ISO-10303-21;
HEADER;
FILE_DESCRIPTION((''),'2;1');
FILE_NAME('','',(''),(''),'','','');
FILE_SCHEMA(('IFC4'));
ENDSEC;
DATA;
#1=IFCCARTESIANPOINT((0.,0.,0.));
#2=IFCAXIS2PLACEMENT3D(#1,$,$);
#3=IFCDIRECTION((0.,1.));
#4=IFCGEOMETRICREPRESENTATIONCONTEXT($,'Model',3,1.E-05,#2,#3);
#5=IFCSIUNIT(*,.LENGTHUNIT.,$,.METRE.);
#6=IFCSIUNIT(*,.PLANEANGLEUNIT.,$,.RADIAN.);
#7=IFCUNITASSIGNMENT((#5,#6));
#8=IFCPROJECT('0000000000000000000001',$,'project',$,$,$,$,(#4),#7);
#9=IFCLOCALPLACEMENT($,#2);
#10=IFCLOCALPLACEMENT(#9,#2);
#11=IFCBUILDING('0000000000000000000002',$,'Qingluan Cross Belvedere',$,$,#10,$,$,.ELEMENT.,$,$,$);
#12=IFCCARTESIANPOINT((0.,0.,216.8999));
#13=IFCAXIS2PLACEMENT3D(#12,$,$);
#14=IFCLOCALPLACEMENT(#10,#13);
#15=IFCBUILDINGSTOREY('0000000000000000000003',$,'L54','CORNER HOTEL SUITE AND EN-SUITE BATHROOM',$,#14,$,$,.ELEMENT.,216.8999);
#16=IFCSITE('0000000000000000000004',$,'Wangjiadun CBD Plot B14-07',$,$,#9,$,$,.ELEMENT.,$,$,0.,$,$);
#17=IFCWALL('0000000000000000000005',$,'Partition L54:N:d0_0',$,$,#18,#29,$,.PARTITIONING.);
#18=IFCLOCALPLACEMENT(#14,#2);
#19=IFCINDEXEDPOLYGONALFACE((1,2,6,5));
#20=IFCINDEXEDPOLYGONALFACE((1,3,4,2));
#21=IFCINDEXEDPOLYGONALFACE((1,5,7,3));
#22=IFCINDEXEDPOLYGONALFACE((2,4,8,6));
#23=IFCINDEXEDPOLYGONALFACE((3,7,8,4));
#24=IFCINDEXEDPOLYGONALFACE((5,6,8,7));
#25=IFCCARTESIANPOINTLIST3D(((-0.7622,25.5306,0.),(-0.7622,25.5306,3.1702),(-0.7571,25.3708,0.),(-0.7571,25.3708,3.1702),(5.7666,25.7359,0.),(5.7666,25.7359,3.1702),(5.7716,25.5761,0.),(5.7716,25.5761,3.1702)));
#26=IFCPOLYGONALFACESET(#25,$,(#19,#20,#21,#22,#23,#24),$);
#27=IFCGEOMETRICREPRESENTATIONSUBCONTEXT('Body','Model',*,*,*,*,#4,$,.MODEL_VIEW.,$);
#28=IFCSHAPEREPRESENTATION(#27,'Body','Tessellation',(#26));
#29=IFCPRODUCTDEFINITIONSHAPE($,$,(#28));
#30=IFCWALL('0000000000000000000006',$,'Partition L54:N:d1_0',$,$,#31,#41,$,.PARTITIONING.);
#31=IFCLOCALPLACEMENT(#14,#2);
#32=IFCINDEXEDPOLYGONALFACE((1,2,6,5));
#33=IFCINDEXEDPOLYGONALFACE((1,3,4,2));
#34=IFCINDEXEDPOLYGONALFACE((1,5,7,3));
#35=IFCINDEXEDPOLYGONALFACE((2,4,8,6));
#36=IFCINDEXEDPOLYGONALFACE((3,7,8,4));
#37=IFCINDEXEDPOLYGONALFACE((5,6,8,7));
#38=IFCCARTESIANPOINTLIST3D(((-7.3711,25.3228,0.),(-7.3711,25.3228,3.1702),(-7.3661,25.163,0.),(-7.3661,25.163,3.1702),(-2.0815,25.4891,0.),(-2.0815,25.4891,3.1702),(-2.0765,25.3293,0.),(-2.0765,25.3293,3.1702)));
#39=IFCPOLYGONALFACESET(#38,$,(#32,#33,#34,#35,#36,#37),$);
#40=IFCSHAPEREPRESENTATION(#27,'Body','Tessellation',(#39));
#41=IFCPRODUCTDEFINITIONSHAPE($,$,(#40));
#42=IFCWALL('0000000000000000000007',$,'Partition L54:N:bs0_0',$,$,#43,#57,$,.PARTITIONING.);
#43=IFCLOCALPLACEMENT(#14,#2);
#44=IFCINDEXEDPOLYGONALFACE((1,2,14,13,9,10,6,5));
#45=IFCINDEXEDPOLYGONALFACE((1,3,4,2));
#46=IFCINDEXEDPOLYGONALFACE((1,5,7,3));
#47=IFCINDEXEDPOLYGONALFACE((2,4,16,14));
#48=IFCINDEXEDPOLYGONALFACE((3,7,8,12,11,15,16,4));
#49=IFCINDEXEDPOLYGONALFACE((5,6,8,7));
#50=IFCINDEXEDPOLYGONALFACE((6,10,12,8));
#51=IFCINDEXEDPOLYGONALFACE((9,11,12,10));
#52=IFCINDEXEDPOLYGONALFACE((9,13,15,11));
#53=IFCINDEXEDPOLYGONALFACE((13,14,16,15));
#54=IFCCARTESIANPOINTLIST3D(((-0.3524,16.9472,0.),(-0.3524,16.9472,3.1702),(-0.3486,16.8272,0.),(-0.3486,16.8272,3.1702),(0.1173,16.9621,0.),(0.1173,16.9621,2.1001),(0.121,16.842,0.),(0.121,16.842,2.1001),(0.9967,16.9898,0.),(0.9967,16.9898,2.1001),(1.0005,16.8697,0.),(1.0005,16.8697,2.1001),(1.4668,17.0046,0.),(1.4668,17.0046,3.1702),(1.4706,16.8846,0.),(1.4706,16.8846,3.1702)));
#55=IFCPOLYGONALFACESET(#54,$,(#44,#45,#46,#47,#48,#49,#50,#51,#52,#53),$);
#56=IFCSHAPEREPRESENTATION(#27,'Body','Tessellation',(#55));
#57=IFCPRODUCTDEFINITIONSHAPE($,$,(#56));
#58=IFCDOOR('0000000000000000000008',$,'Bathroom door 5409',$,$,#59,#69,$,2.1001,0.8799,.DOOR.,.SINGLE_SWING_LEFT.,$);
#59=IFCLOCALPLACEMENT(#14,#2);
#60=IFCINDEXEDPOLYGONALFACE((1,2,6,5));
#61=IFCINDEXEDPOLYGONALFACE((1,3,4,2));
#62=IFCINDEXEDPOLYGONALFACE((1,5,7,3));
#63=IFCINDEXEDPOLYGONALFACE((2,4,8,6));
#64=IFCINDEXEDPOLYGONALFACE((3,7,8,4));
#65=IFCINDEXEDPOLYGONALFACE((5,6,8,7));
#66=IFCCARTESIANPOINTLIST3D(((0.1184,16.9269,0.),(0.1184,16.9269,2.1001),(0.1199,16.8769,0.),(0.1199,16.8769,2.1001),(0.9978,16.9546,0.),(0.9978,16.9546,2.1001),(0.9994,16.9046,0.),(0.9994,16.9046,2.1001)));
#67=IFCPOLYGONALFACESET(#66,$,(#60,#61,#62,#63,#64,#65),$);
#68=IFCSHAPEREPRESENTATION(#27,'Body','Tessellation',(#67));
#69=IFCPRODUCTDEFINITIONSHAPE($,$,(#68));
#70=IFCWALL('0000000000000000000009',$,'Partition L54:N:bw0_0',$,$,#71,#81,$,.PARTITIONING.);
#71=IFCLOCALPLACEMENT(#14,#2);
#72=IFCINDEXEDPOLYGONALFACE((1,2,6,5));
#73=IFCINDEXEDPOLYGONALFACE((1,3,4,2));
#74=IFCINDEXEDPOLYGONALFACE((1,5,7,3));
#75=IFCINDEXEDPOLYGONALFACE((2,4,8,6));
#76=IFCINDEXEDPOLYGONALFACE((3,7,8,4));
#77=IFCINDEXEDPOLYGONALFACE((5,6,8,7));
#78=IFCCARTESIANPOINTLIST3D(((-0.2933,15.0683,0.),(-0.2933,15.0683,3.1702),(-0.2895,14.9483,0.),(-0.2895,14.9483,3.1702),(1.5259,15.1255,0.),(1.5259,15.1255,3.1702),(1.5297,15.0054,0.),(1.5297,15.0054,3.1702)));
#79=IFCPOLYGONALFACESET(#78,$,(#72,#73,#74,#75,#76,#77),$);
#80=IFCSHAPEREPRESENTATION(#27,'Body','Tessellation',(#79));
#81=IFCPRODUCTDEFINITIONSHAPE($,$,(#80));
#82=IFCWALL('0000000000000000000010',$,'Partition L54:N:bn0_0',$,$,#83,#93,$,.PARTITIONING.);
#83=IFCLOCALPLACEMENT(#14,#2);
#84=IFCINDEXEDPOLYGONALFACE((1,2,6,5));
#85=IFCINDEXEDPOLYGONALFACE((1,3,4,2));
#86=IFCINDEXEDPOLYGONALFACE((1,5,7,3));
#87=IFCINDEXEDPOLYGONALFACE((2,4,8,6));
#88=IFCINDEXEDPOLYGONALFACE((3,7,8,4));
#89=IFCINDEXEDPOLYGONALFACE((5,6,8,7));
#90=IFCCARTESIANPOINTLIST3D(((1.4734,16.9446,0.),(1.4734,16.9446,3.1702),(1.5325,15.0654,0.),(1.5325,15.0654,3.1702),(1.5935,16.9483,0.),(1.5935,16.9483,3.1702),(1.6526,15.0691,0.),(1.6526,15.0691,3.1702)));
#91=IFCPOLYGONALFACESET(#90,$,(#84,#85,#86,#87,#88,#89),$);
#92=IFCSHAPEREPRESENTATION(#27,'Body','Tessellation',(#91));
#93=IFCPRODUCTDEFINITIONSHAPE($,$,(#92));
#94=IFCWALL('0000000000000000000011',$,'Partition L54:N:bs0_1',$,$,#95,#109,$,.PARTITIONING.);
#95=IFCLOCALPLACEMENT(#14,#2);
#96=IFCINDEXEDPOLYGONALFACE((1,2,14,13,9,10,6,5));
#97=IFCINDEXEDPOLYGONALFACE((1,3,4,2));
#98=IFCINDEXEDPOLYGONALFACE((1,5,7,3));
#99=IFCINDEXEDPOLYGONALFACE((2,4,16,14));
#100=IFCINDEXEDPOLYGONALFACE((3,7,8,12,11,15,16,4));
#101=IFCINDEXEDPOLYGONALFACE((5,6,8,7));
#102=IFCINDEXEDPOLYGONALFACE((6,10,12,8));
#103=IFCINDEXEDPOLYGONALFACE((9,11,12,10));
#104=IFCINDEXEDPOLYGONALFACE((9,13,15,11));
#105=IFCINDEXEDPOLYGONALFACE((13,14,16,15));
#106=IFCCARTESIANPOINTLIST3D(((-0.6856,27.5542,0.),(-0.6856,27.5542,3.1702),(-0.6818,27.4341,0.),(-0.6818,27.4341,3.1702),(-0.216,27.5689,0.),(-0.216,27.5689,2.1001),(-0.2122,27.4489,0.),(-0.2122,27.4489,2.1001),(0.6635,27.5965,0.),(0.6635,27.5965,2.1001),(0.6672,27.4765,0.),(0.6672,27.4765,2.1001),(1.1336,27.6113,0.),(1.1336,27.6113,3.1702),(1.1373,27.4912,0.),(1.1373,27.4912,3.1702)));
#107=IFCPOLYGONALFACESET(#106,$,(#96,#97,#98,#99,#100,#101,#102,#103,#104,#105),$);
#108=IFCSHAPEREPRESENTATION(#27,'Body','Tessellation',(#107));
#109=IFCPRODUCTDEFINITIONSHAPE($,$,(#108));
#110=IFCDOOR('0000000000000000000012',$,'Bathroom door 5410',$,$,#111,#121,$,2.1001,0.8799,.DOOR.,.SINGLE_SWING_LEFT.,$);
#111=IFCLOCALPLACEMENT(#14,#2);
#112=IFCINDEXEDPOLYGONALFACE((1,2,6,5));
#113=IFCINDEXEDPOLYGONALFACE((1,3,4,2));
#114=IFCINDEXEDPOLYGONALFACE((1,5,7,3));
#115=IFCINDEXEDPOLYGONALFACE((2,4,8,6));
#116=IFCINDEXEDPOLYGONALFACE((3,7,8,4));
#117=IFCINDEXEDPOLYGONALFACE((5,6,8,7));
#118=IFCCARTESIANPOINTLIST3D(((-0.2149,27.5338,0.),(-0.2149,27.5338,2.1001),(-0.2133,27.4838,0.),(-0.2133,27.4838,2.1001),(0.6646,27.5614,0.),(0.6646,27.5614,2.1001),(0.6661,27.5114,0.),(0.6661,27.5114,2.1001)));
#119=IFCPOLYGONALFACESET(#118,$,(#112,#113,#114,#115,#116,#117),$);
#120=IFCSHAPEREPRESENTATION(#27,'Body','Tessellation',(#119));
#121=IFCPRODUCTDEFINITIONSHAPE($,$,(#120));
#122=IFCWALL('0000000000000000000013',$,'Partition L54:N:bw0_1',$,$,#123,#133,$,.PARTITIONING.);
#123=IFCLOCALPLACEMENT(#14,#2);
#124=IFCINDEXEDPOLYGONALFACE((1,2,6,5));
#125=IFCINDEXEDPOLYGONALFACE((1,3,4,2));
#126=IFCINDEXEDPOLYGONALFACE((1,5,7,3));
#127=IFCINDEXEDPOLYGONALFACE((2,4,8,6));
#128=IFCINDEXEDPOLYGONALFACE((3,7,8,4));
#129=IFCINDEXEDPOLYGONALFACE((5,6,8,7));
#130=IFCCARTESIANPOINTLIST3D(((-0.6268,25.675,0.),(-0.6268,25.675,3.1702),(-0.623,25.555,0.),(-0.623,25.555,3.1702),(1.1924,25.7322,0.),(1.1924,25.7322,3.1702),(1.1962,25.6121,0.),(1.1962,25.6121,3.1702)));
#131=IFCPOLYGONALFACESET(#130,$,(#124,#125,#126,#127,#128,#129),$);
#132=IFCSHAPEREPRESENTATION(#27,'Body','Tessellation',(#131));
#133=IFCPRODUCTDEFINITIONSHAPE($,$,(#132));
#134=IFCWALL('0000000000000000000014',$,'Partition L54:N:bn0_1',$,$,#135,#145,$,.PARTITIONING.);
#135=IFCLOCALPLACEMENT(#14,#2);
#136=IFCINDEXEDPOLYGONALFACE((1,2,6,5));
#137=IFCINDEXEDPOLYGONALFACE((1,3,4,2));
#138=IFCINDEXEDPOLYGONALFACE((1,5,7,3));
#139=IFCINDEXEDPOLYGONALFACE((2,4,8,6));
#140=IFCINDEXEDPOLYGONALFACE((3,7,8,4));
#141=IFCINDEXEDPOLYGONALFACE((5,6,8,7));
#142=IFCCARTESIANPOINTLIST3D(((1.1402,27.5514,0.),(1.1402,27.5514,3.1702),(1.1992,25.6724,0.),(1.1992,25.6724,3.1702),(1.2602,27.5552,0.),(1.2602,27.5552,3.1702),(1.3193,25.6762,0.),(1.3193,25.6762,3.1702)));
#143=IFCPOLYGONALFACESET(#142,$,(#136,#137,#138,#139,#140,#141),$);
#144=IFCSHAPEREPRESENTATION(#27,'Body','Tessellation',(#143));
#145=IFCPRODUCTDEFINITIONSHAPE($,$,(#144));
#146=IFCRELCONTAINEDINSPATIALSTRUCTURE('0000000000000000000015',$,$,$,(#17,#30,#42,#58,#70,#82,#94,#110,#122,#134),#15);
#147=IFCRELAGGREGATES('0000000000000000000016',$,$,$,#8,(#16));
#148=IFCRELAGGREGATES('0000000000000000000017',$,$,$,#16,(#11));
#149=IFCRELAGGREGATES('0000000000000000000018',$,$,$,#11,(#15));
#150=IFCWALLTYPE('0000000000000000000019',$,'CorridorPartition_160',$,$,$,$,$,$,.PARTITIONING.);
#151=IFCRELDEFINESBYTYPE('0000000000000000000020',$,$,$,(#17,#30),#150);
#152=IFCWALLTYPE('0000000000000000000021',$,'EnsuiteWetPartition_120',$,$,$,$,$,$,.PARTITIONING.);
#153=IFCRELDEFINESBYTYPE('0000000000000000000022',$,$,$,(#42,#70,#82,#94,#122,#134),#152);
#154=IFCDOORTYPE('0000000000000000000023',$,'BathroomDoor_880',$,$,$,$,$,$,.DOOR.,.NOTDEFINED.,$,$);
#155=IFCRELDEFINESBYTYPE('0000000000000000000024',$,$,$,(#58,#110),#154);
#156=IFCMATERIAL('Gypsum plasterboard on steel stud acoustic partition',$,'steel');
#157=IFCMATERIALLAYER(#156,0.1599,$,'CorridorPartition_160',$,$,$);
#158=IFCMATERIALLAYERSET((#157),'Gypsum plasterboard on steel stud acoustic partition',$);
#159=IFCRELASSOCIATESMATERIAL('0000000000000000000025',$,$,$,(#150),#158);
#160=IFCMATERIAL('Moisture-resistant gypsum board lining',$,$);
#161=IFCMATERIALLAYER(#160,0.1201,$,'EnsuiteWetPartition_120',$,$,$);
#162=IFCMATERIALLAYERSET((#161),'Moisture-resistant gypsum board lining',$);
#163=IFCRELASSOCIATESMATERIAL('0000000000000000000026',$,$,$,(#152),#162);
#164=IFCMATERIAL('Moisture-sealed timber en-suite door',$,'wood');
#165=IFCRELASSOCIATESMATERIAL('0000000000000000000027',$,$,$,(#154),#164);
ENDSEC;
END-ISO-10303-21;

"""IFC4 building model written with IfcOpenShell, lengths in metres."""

from ifc_helpers import new_model, si_unit, direction, frame, frame_2d, origin, place, context, subcontext, project, spatial, rectangle, extrude, material, layer, layer_set, type_object, element, fill, save


model = new_model("IFC4")

# Units and contexts
model_context = context("Model", 3, precision=1e-05, world=origin(), true_north=direction((0.0, 1.0)))
body_context = subcontext(model_context, "Body", "Model", "MODEL_VIEW")
ifc_project = project(units=[si_unit("LENGTHUNIT", "METRE"), si_unit("PLANEANGLEUNIT", "RADIAN")], contexts=[model_context])

# Site, building, storey
site_placement = place(None, origin())
site = spatial("IfcSite", under=ifc_project, at=site_placement, Name="Wangjiadun CBD Plot B14-07", CompositionType="ELEMENT", RefElevation=0.0)
building_placement = place(site_placement, origin())
building = spatial("IfcBuilding", under=site, at=building_placement, Name="Qingluan Cross Belvedere", CompositionType="ELEMENT")
storey_placement = place(building_placement, frame((0.0, 0.0, 216.8999)))
storey = spatial("IfcBuildingStorey", under=building, at=storey_placement, Name="L54", Description="CORNER HOTEL SUITE AND EN-SUITE BATHROOM", CompositionType="ELEMENT", Elevation=216.8999)

# Walls
ifc_material_1 = material(Name="Gypsum plasterboard on steel stud acoustic partition", Category="steel")
ifc_layer_1 = layer(ifc_material_1, 0.1599, Name="CorridorPartition_160")
ifc_layer_set_1 = layer_set([ifc_layer_1], Name="Gypsum plasterboard on steel stud acoustic partition")
wall_type_1 = type_object("IfcWallType", Name="CorridorPartition_160", PredefinedType="PARTITIONING", material=ifc_layer_set_1)
wall_1_placement = place(storey_placement, frame((-0.7598, 25.4507, 0.0), z_axis=(0.0, 0.0, 1.0), x_axis=(0.999506, 0.031433, 0.0)))
element("IfcWall", 1, at=wall_1_placement, inside=storey, type_object=wall_type_1, Name="Partition L54:N:d0_0", PredefinedType="PARTITIONING", context=body_context, shape_type="SweptSolid", body=[
    extrude(rectangle(XDim=6.532, YDim=0.1599, at=frame_2d((3.2661, 0.0))), origin(), (0.0, 0.0, 1.0), 3.1702),
])
wall_2_placement = place(storey_placement, frame((-2.0791, 25.4092, 0.0), z_axis=(0.0, 0.0, 1.0), x_axis=(-0.999506, -0.031416, 0.0)))
element("IfcWall", 2, at=wall_2_placement, inside=storey, type_object=wall_type_1, Name="Partition L54:N:d1_0", PredefinedType="PARTITIONING", context=body_context, shape_type="SweptSolid", body=[
    extrude(rectangle(XDim=5.2922, YDim=0.1599, at=frame_2d((2.646, 0.0))), origin(), (0.0, 0.0, 1.0), 3.1702),
])

# Wall, opening, door
ifc_material_2 = material(Name="Moisture-resistant gypsum board lining")
ifc_layer_2 = layer(ifc_material_2, 0.1201, Name="EnsuiteWetPartition_120")
ifc_layer_set_2 = layer_set([ifc_layer_2], Name="Moisture-resistant gypsum board lining")
wall_type_2 = type_object("IfcWallType", Name="EnsuiteWetPartition_120", PredefinedType="PARTITIONING", material=ifc_layer_set_2)
wall_3_placement = place(storey_placement, frame((-0.3506, 16.8872, 0.0), z_axis=(0.0, 0.0, 1.0), x_axis=(0.999503, 0.031524, 0.0)))
wall_3 = element("IfcWall", 3, at=wall_3_placement, inside=storey, type_object=wall_type_2, Name="Partition L54:N:bs0_0", PredefinedType="PARTITIONING", context=body_context, shape_type="SweptSolid", body=[
    extrude(rectangle(XDim=1.8201, YDim=0.1201, at=frame_2d((0.9102, 0.0))), origin(), (0.0, 0.0, 1.0), 3.1702),
])
opening_1_placement = place(wall_3_placement, frame((0.47, 0.0, 0.0)))
opening_1 = element("IfcOpeningElement", 4, at=opening_1_placement, cuts=wall_3, PredefinedType="OPENING", context=body_context, shape_type="SweptSolid", body=[
    extrude(rectangle(XDim=0.8799, YDim=2.1001, at=frame_2d((0.4399, 1.05))), frame((0.0, 0.0701, 0.0), z_axis=(0.0, -1.0, 0.0), x_axis=(1.0, 0.0, 0.0)), (0.0, 0.0, 1.0), 0.1401),
])
ifc_material_3 = material(Name="Moisture-sealed timber en-suite door", Category="wood")
door_type = type_object("IfcDoorType", Name="BathroomDoor_880", OperationType="NOTDEFINED", PredefinedType="DOOR", material=ifc_material_3)
door_1_placement = place(opening_1_placement, origin())
door_1 = element("IfcDoor", 5, at=door_1_placement, inside=storey, type_object=door_type, Name="Bathroom door 5409", OperationType="SINGLE_SWING_LEFT", OverallHeight=2.1001, OverallWidth=0.8799, PredefinedType="DOOR", context=body_context, shape_type="SweptSolid", body=[
    extrude(rectangle(XDim=0.8799, YDim=2.1001, at=frame_2d((0.4399, 1.05))), frame((0.0, 0.0249, 0.0), z_axis=(0.0, -1.0, 0.0), x_axis=(1.0, 0.0, 0.0)), (0.0, 0.0, 1.0), 0.05),
])
fill(opening_1, door_1)

# Walls
wall_4_placement = place(storey_placement, frame((-0.2915, 15.0083, 0.0), z_axis=(0.0, 0.0, 1.0), x_axis=(0.999507, 0.03139, 0.0)))
element("IfcWall", 6, at=wall_4_placement, inside=storey, type_object=wall_type_2, Name="Partition L54:N:bw0_0", PredefinedType="PARTITIONING", context=body_context, shape_type="SweptSolid", body=[
    extrude(rectangle(XDim=1.8201, YDim=0.1201, at=frame_2d((0.9102, 0.0))), origin(), (0.0, 0.0, 1.0), 3.1702),
])
wall_5_placement = place(storey_placement, frame((1.5925, 15.0674, 0.0), z_axis=(0.0, 0.0, 1.0), x_axis=(-0.031425, 0.999506, 0.0)))
element("IfcWall", 7, at=wall_5_placement, inside=storey, type_object=wall_type_2, Name="Partition L54:N:bn0_0", PredefinedType="PARTITIONING", context=body_context, shape_type="SweptSolid", body=[
    extrude(rectangle(XDim=1.8801, YDim=0.1201, at=frame_2d((0.9399, 0.0))), origin(), (0.0, 0.0, 1.0), 3.1702),
])

# Wall, opening, door
wall_6_placement = place(storey_placement, frame((-0.6838, 27.4941, 0.0), z_axis=(0.0, 0.0, 1.0), x_axis=(0.999507, 0.03139, 0.0)))
wall_6 = element("IfcWall", 8, at=wall_6_placement, inside=storey, type_object=wall_type_2, Name="Partition L54:N:bs0_1", PredefinedType="PARTITIONING", context=body_context, shape_type="SweptSolid", body=[
    extrude(rectangle(XDim=1.8201, YDim=0.1201, at=frame_2d((0.9102, 0.0))), origin(), (0.0, 0.0, 1.0), 3.1702),
])
opening_2_placement = place(wall_6_placement, frame((0.47, 0.0, 0.0)))
opening_2 = element("IfcOpeningElement", 9, at=opening_2_placement, cuts=wall_6, PredefinedType="OPENING", context=body_context, shape_type="SweptSolid", body=[
    extrude(rectangle(XDim=0.8799, YDim=2.1001, at=frame_2d((0.4399, 1.05))), frame((0.0, 0.0701, 0.0), z_axis=(0.0, -1.0, 0.0), x_axis=(1.0, 0.0, 0.0)), (0.0, 0.0, 1.0), 0.1401),
])
door_2_placement = place(opening_2_placement, origin())
door_2 = element("IfcDoor", 10, at=door_2_placement, inside=storey, type_object=door_type, Name="Bathroom door 5410", OperationType="SINGLE_SWING_LEFT", OverallHeight=2.1001, OverallWidth=0.8799, PredefinedType="DOOR", context=body_context, shape_type="SweptSolid", body=[
    extrude(rectangle(XDim=0.8799, YDim=2.1001, at=frame_2d((0.4399, 1.05))), frame((0.0, 0.0249, 0.0), z_axis=(0.0, -1.0, 0.0), x_axis=(1.0, 0.0, 0.0)), (0.0, 0.0, 1.0), 0.05),
])
fill(opening_2, door_2)

# Walls
wall_7_placement = place(storey_placement, frame((-0.625, 25.615, 0.0), z_axis=(0.0, 0.0, 1.0), x_axis=(0.999507, 0.03139, 0.0)))
element("IfcWall", 11, at=wall_7_placement, inside=storey, type_object=wall_type_2, Name="Partition L54:N:bw0_1", PredefinedType="PARTITIONING", context=body_context, shape_type="SweptSolid", body=[
    extrude(rectangle(XDim=1.8201, YDim=0.1201, at=frame_2d((0.9102, 0.0))), origin(), (0.0, 0.0, 1.0), 3.1702),
])
wall_8_placement = place(storey_placement, frame((1.2593, 25.6743, 0.0), z_axis=(0.0, 0.0, 1.0), x_axis=(-0.031429, 0.999506, 0.0)))
element("IfcWall", 12, at=wall_8_placement, inside=storey, type_object=wall_type_2, Name="Partition L54:N:bn0_1", PredefinedType="PARTITIONING", context=body_context, shape_type="SweptSolid", body=[
    extrude(rectangle(XDim=1.8799, YDim=0.1201, at=frame_2d((0.9399, 0.0))), origin(), (0.0, 0.0, 1.0), 3.1702),
])

save(model, "model.ifc")
